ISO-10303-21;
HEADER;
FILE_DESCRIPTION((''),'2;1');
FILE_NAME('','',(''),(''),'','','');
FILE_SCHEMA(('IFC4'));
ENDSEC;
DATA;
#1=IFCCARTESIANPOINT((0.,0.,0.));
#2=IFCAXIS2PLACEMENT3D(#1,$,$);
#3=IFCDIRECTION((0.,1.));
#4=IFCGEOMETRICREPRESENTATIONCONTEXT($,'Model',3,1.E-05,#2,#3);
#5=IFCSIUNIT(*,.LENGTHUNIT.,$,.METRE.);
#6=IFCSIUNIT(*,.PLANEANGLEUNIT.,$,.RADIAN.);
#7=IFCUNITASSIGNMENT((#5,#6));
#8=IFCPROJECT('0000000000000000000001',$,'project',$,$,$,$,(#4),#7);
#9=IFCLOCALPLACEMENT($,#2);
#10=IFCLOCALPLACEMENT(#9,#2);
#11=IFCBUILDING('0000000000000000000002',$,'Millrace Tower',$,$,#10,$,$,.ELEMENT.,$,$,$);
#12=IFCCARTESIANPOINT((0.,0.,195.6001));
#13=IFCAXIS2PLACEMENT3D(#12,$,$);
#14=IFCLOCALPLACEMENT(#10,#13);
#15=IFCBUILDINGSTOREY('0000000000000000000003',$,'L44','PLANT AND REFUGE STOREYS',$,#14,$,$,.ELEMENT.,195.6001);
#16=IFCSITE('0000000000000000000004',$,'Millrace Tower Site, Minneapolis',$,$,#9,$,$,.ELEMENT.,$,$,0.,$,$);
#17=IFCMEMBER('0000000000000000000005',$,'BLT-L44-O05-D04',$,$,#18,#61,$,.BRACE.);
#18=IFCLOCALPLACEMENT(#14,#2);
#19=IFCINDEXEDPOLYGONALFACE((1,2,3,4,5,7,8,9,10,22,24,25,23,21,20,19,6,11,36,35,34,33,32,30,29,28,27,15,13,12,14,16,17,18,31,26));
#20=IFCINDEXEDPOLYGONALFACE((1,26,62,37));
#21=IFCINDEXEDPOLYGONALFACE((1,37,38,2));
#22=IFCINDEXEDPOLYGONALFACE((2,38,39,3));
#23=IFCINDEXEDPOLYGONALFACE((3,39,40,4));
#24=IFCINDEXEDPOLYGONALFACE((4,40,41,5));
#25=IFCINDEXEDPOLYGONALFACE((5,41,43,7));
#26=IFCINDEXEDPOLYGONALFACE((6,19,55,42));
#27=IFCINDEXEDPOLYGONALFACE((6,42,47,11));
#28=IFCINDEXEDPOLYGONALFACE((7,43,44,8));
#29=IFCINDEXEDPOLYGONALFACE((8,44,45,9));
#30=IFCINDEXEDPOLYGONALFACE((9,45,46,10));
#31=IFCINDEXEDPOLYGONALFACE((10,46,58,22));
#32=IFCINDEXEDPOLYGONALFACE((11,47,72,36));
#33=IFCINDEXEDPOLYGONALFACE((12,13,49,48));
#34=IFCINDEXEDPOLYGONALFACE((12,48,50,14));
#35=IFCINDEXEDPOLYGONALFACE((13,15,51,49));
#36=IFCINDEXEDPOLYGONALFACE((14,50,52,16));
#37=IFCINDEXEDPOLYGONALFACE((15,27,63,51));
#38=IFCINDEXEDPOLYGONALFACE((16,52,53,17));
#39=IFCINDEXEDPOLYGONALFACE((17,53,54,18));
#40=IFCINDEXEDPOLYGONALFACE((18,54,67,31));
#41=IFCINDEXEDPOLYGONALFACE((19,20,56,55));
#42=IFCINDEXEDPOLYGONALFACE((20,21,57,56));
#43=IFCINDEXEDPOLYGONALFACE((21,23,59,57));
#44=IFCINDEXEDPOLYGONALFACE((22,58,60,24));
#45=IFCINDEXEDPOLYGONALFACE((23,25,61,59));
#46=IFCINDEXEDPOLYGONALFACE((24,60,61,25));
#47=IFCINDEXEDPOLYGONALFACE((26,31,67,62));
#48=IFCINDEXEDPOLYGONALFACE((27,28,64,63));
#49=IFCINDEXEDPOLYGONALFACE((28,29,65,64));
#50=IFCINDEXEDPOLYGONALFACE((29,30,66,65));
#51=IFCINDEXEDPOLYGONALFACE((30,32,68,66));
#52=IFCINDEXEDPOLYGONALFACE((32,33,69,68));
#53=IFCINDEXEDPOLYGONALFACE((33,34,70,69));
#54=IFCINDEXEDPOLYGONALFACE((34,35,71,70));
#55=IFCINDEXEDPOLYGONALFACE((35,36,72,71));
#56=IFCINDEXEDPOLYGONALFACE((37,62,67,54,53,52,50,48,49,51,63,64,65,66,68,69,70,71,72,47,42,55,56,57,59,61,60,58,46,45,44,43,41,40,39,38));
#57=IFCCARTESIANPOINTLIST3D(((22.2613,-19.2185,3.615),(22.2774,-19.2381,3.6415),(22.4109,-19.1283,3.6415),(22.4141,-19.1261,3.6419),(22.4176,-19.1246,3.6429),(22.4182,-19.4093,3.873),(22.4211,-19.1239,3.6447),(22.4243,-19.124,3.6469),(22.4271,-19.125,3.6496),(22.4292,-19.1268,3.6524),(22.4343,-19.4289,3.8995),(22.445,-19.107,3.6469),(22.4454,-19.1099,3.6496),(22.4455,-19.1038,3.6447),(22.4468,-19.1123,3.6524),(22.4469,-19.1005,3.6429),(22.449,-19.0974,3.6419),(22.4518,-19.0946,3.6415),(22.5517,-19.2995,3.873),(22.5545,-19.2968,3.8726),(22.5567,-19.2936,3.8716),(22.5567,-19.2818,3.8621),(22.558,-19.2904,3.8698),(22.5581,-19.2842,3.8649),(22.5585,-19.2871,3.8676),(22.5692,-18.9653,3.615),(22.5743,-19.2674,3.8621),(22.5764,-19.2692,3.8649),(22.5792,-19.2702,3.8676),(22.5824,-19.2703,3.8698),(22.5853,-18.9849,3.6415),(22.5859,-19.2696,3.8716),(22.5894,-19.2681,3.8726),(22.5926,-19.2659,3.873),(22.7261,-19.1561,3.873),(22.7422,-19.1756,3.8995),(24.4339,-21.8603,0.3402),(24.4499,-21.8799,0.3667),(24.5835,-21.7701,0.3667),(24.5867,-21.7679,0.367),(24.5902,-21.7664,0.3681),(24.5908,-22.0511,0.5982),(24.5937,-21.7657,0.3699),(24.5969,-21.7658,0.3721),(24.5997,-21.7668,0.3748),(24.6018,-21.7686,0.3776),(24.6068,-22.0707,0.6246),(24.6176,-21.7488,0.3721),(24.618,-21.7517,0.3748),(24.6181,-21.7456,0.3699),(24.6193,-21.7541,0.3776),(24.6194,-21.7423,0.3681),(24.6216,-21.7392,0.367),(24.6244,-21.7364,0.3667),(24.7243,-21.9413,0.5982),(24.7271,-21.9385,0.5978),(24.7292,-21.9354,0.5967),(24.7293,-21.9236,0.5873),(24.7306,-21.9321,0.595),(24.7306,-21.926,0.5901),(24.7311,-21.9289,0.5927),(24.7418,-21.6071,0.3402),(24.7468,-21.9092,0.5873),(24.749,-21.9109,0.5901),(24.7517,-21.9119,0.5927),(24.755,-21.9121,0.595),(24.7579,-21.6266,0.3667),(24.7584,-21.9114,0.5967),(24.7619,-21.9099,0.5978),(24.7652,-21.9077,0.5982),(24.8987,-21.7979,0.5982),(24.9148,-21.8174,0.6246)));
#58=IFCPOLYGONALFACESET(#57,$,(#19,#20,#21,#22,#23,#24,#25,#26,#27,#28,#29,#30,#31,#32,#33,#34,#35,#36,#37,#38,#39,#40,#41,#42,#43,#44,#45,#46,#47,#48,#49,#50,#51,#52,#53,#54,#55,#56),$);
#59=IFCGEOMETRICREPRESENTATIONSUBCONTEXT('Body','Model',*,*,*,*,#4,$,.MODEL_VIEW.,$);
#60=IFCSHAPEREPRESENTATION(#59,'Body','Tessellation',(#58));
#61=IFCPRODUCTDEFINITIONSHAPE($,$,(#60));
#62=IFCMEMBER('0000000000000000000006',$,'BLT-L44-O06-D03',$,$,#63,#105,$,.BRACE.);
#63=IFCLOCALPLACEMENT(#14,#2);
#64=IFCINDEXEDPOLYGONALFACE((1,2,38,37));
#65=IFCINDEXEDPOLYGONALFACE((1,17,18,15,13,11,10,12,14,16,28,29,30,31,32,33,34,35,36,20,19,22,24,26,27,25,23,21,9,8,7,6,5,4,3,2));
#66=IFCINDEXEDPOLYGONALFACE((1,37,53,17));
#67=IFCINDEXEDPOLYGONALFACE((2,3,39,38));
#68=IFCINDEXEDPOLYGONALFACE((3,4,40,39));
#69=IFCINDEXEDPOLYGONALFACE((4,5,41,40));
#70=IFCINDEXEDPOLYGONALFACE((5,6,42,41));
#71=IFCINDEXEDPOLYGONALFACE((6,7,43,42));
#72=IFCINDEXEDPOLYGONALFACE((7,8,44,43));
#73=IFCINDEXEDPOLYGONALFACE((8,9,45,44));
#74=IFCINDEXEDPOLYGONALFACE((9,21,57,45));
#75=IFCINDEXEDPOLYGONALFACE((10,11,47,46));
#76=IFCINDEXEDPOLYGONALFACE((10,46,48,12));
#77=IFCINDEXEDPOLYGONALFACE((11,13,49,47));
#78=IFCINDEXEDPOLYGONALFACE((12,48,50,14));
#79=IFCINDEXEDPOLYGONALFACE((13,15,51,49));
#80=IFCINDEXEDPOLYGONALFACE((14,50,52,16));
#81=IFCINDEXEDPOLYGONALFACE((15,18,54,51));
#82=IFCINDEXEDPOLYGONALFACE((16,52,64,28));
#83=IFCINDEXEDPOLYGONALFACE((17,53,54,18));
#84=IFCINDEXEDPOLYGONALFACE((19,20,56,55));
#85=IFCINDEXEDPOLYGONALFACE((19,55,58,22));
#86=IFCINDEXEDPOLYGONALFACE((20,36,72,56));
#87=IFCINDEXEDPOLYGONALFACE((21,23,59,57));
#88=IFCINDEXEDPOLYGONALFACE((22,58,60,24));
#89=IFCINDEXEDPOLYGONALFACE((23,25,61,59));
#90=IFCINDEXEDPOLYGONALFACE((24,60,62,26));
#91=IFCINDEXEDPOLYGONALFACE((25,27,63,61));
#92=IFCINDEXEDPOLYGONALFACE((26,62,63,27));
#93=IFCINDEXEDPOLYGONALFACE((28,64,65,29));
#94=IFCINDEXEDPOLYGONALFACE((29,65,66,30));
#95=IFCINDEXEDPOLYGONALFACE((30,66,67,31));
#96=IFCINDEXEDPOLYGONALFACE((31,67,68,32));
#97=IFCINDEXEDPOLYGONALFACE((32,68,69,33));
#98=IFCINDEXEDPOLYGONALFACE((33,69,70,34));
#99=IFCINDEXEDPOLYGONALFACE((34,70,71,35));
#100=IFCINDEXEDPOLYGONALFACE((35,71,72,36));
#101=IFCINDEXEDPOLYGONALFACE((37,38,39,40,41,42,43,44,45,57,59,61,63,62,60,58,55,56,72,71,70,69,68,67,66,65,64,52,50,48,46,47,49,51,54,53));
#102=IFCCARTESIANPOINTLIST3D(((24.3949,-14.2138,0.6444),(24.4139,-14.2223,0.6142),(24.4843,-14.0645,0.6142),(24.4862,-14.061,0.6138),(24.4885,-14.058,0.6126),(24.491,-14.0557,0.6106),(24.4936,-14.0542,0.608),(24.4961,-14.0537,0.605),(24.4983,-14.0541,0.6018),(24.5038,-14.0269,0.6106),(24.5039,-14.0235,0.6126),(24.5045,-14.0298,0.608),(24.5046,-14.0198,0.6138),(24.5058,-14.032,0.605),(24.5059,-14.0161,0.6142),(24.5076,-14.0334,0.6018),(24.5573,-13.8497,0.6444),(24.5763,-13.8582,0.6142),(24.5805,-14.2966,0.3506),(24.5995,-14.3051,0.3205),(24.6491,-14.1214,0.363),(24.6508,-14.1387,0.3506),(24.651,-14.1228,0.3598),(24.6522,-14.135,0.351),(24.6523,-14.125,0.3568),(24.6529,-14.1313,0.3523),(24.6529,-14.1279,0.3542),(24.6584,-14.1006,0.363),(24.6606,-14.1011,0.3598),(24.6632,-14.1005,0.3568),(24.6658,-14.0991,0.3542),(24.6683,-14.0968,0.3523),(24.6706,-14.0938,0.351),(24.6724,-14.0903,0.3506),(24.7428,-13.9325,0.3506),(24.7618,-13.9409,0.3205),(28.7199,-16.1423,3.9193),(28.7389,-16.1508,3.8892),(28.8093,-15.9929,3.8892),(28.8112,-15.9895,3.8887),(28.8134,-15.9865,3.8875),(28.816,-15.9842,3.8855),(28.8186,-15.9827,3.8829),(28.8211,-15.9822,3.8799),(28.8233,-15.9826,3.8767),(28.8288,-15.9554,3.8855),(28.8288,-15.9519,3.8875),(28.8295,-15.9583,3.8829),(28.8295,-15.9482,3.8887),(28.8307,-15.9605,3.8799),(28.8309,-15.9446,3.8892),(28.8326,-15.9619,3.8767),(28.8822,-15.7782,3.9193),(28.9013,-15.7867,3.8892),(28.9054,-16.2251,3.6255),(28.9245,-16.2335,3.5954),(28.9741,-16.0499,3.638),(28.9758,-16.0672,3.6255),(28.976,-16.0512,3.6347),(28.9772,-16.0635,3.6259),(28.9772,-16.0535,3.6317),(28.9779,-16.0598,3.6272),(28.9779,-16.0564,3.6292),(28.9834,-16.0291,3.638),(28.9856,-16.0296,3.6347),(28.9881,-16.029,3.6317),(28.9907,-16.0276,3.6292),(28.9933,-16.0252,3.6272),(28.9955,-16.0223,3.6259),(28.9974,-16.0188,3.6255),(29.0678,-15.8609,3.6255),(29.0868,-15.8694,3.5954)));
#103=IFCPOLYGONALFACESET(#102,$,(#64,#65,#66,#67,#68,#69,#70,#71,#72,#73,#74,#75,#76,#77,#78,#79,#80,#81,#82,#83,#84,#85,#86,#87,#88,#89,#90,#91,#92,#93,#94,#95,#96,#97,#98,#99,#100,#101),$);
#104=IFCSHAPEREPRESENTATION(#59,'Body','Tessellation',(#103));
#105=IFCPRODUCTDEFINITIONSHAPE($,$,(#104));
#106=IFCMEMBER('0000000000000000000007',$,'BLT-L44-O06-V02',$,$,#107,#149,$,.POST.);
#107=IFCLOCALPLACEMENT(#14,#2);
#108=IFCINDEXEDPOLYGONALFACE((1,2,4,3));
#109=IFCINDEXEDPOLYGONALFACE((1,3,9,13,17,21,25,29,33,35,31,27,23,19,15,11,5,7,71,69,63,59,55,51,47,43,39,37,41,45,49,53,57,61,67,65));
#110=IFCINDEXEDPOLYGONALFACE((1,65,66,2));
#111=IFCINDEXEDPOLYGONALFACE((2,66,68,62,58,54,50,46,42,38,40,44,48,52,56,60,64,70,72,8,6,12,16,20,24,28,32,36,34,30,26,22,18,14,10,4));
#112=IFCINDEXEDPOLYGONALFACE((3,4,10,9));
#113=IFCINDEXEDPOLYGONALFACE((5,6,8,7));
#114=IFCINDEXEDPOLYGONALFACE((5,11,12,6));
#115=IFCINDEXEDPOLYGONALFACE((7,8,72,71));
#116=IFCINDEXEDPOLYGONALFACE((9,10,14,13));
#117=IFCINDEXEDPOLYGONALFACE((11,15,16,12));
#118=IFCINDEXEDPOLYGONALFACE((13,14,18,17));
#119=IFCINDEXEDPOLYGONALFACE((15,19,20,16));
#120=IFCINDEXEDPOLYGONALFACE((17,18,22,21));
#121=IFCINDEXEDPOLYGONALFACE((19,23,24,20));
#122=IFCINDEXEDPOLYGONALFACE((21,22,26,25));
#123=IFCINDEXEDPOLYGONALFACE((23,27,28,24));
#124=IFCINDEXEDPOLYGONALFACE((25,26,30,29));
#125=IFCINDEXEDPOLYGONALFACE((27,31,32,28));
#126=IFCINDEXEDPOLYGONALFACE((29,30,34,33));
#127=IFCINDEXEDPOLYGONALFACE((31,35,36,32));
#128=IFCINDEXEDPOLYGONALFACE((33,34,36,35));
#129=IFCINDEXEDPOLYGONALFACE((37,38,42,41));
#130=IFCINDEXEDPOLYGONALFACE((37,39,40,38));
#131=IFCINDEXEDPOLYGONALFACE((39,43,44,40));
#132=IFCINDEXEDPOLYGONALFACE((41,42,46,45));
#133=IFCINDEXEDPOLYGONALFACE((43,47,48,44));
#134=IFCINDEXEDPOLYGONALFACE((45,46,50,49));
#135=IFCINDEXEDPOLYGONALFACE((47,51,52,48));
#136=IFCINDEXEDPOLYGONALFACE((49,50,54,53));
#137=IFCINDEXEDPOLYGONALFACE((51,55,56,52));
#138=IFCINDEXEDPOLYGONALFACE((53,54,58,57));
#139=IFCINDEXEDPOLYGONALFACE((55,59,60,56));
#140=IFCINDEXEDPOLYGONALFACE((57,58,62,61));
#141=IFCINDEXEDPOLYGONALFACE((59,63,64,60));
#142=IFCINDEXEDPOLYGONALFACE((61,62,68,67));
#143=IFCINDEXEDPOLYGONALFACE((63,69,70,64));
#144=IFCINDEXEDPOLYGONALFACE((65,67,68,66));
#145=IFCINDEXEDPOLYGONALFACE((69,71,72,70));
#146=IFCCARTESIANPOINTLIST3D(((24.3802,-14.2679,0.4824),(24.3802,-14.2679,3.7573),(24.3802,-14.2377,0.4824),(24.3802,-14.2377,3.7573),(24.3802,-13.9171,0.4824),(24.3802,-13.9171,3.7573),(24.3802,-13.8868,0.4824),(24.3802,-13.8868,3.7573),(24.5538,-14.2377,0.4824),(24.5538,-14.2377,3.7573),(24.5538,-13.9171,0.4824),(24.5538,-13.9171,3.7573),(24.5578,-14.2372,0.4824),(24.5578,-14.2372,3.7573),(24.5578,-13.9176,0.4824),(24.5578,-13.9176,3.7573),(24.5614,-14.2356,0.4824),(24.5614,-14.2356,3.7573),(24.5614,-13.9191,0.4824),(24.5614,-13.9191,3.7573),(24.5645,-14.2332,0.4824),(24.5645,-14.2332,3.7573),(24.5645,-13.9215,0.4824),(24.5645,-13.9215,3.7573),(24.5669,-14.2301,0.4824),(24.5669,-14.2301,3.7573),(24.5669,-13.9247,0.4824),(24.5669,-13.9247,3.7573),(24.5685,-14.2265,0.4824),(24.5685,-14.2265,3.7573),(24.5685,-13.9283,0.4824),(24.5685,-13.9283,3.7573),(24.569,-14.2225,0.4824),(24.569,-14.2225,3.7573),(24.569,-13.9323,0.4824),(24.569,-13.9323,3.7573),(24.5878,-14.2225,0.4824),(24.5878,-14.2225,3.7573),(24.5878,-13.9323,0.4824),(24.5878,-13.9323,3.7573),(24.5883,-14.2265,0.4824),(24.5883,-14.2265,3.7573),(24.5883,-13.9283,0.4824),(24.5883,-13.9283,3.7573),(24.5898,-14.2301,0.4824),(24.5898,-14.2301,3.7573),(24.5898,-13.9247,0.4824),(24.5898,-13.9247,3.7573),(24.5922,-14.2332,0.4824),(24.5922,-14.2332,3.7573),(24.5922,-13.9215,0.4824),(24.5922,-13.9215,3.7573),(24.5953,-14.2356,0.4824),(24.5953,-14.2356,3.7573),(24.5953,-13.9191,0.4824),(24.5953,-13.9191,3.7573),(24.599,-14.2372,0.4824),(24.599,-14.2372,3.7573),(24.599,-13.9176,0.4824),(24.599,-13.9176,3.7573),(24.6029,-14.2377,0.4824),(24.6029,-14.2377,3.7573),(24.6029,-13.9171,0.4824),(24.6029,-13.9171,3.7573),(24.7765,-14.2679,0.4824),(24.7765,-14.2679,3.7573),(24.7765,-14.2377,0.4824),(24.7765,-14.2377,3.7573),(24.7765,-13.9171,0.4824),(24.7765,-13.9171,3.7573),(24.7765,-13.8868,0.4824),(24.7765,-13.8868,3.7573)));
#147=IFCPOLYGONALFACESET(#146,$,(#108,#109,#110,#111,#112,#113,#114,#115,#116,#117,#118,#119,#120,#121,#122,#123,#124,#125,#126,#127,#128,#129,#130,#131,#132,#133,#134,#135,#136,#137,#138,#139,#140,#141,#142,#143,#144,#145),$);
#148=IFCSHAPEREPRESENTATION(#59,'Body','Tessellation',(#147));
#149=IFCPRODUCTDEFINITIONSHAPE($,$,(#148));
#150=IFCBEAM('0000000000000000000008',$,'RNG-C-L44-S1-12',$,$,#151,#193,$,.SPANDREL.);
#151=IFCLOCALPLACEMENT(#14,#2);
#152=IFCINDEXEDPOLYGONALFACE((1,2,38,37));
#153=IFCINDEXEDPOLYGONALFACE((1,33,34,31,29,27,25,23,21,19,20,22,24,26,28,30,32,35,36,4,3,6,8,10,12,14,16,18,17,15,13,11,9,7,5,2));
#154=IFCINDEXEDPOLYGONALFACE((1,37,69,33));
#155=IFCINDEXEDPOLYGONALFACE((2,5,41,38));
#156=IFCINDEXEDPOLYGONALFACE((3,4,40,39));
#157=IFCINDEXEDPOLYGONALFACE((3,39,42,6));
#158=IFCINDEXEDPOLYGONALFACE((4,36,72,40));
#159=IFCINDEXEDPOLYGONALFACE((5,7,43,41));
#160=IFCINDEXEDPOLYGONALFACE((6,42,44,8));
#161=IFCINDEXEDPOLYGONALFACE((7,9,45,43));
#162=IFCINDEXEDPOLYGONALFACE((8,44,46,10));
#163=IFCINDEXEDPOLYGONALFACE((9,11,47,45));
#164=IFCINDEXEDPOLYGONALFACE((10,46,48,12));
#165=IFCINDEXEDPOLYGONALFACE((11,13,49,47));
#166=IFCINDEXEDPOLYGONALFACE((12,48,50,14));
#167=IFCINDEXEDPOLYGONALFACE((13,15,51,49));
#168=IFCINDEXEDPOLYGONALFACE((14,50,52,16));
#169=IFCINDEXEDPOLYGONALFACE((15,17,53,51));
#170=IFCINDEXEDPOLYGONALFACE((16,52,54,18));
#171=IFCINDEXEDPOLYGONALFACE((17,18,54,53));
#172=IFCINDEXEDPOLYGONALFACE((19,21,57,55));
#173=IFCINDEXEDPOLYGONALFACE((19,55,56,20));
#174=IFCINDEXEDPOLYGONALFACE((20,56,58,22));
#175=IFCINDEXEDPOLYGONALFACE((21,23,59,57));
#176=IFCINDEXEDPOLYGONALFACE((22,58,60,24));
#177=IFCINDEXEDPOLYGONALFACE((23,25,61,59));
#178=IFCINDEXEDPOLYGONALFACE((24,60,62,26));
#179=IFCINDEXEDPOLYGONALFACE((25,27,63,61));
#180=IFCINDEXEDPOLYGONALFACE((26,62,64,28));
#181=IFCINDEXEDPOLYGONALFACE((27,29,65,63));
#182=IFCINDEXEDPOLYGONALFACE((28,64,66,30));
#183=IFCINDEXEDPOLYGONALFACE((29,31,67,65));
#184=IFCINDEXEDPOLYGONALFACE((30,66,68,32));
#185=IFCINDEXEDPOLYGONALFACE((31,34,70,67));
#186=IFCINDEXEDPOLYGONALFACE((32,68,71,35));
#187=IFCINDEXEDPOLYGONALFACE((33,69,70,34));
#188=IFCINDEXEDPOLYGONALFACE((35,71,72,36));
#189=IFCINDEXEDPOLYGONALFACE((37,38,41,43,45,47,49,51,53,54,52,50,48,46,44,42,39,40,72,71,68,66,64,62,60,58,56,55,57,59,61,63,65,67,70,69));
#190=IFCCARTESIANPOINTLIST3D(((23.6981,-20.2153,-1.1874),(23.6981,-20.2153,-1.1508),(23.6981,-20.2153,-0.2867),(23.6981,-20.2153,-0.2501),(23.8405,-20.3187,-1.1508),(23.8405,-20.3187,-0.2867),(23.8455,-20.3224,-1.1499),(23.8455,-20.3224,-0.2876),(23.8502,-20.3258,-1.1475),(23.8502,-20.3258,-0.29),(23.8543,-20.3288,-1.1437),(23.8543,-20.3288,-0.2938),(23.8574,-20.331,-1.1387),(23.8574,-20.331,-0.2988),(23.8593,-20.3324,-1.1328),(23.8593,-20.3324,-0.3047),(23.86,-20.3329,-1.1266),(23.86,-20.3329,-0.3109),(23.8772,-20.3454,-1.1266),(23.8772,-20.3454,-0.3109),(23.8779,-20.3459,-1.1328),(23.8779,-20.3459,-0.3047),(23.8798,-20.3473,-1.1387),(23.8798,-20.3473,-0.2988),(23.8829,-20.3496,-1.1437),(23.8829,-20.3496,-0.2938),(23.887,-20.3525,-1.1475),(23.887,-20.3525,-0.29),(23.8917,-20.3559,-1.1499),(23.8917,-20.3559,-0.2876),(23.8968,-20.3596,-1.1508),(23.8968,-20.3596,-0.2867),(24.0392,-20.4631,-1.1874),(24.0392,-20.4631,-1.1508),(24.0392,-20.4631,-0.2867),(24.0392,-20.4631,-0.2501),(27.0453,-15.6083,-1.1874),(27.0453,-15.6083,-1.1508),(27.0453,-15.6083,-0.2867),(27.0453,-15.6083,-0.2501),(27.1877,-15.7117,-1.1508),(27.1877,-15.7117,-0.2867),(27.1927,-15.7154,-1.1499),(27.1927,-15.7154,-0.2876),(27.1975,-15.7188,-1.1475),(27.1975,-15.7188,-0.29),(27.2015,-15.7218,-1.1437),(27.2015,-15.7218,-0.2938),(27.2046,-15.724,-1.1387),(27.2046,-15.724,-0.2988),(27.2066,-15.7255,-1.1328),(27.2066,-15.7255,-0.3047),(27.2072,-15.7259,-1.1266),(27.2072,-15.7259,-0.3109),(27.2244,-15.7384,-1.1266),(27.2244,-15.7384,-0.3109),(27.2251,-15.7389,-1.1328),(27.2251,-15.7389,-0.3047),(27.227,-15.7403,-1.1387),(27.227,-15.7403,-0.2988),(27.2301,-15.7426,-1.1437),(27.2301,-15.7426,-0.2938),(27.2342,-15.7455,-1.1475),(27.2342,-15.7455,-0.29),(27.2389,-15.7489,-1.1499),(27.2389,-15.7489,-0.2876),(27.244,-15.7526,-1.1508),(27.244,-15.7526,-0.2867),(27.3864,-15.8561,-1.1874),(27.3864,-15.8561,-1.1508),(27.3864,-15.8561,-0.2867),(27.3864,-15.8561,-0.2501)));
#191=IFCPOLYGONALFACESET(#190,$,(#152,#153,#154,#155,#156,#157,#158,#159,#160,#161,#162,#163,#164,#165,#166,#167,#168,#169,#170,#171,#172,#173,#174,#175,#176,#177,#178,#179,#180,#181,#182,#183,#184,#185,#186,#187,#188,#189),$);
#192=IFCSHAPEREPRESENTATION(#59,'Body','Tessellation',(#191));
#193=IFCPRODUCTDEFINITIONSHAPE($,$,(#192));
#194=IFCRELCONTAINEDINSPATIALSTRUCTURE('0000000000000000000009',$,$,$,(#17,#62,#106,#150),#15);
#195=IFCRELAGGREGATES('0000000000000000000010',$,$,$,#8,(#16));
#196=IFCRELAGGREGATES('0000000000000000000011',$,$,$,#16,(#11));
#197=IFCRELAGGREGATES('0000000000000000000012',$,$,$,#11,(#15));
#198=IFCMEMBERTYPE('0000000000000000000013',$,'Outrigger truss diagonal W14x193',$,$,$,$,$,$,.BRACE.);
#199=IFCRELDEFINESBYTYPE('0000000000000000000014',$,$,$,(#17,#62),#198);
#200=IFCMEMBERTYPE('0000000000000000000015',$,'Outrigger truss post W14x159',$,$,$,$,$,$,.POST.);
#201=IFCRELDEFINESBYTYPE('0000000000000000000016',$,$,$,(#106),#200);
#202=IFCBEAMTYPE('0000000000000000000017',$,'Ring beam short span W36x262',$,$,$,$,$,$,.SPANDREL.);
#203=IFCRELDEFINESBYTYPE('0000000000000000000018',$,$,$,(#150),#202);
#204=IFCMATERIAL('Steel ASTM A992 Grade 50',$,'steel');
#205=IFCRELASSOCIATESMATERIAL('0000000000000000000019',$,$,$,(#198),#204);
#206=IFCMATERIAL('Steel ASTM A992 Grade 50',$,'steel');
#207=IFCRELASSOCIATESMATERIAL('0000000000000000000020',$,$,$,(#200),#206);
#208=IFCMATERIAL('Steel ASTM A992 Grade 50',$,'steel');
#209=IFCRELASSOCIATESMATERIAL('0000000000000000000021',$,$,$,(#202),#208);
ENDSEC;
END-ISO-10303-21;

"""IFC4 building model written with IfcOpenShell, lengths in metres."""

from ifc_helpers import new_model, si_unit, direction, frame, origin, origin_2d, place, context, subcontext, project, spatial, i_section, extrude, material, material_profile, profile_set, type_object, element, save


model = new_model("IFC4")

# Units and contexts
model_context = context("Model", 3, precision=1e-05, world=origin(), true_north=direction((0.0, 1.0)))
body_context = subcontext(model_context, "Body", "Model", "MODEL_VIEW")
ifc_project = project(units=[si_unit("LENGTHUNIT", "METRE"), si_unit("PLANEANGLEUNIT", "RADIAN")], contexts=[model_context])

# Site, building, storey
site_placement = place(None, origin())
site = spatial("IfcSite", under=ifc_project, at=site_placement, Name="Millrace Tower Site, Minneapolis", CompositionType="ELEMENT", RefElevation=0.0)
building_placement = place(site_placement, origin())
building = spatial("IfcBuilding", under=site, at=building_placement, Name="Millrace Tower", CompositionType="ELEMENT")
storey_placement = place(building_placement, frame((0.0, 0.0, 195.6001)))
storey = spatial("IfcBuildingStorey", under=building, at=storey_placement, Name="L44", Description="PLANT AND REFUGE STOREYS", CompositionType="ELEMENT", Elevation=195.6001)

# Members
ifc_material_1 = material(Name="Steel ASTM A992 Grade 50", Category="steel")
ifc_material_profile_1 = material_profile(ifc_material_1, i_section(OverallWidth=0.3987, OverallDepth=0.3938, WebThickness=0.0227, FlangeThickness=0.0366, FilletRadius=0.0151, at=origin_2d()))
ifc_profile_set_1 = profile_set([ifc_material_profile_1], Name="Steel ASTM A992 Grade 50")
member_type_1 = type_object("IfcMemberType", Name="Outrigger truss diagonal W14x193", PredefinedType="BRACE", material=ifc_profile_set_1)
member_1_placement = place(storey_placement, frame((24.6743, -21.8389, 0.4824), z_axis=(-0.458796, 0.557886, 0.69157), x_axis=(-0.772365, -0.635179, 0.0)))
element("IfcMember", 1, at=member_1_placement, inside=storey, type_object=member_type_1, Name="BLT-L44-O05-D04", PredefinedType="BRACE", context=body_context, shape_type="SweptSolid", body=[
    extrude(i_section(OverallWidth=0.3987, OverallDepth=0.3938, WebThickness=0.0227, FlangeThickness=0.0366, FilletRadius=0.0151, at=origin_2d()), origin(), (0.0, 0.0, 1.0), 4.7354),
])
member_2_placement = place(storey_placement, frame((24.5784, -14.0774, 0.4824), z_axis=(0.751181, -0.334947, 0.568803), x_axis=(0.407243, 0.91332, 0.0)))
element("IfcMember", 2, at=member_2_placement, inside=storey, type_object=member_type_1, Name="BLT-L44-O06-D03", PredefinedType="BRACE", context=body_context, shape_type="SweptSolid", body=[
    extrude(i_section(OverallWidth=0.3987, OverallDepth=0.3938, WebThickness=0.0227, FlangeThickness=0.0366, FilletRadius=0.0151, at=origin_2d()), origin(), (0.0, 0.0, 1.0), 5.7576),
])
ifc_material_2 = material(Name="Steel ASTM A992 Grade 50", Category="steel")
ifc_material_profile_2 = material_profile(ifc_material_2, i_section(OverallWidth=0.3962, OverallDepth=0.3811, WebThickness=0.0188, FlangeThickness=0.0303, FilletRadius=0.0151, at=origin_2d()))
ifc_profile_set_2 = profile_set([ifc_material_profile_2], Name="Steel ASTM A992 Grade 50")
member_type_2 = type_object("IfcMemberType", Name="Outrigger truss post W14x159", PredefinedType="POST", material=ifc_profile_set_2)
member_3_placement = place(storey_placement, frame((24.5784, -14.0774, 0.4824), z_axis=(0.0, 0.0, 1.0), x_axis=(1.0, 0.0, 0.0)))
element("IfcMember", 3, at=member_3_placement, inside=storey, type_object=member_type_2, Name="BLT-L44-O06-V02", PredefinedType="POST", context=body_context, shape_type="SweptSolid", body=[
    extrude(i_section(OverallWidth=0.3962, OverallDepth=0.3811, WebThickness=0.0188, FlangeThickness=0.0303, FilletRadius=0.0151, at=origin_2d()), origin(), (0.0, 0.0, 1.0), 3.2749),
])

# Beam
ifc_material_3 = material(Name="Steel ASTM A992 Grade 50", Category="steel")
ifc_material_profile_3 = material_profile(ifc_material_3, i_section(OverallWidth=0.4216, OverallDepth=0.9373, WebThickness=0.0212, FlangeThickness=0.0366, FilletRadius=0.0242, at=origin_2d()))
ifc_profile_set_3 = profile_set([ifc_material_profile_3], Name="Steel ASTM A992 Grade 50")
beam_type_1 = type_object("IfcBeamType", Name="Ring beam short span W36x262", PredefinedType="SPANDREL", material=ifc_profile_set_3)
beam_1_placement = place(storey_placement, frame((27.2158, -15.7322, -0.7188), z_axis=(-0.587789, -0.809014, 0.0), x_axis=(0.809014, -0.587789, 0.0)))
element("IfcBeam", 4, at=beam_1_placement, inside=storey, type_object=beam_type_1, Name="RNG-C-L44-S1-12", PredefinedType="SPANDREL", context=body_context, shape_type="SweptSolid", body=[
    extrude(i_section(OverallWidth=0.4216, OverallDepth=0.9373, WebThickness=0.0212, FlangeThickness=0.0366, FilletRadius=0.0242, at=origin_2d()), origin(), (0.0, 0.0, 1.0), 5.6946),
])

save(model, "model.ifc")
